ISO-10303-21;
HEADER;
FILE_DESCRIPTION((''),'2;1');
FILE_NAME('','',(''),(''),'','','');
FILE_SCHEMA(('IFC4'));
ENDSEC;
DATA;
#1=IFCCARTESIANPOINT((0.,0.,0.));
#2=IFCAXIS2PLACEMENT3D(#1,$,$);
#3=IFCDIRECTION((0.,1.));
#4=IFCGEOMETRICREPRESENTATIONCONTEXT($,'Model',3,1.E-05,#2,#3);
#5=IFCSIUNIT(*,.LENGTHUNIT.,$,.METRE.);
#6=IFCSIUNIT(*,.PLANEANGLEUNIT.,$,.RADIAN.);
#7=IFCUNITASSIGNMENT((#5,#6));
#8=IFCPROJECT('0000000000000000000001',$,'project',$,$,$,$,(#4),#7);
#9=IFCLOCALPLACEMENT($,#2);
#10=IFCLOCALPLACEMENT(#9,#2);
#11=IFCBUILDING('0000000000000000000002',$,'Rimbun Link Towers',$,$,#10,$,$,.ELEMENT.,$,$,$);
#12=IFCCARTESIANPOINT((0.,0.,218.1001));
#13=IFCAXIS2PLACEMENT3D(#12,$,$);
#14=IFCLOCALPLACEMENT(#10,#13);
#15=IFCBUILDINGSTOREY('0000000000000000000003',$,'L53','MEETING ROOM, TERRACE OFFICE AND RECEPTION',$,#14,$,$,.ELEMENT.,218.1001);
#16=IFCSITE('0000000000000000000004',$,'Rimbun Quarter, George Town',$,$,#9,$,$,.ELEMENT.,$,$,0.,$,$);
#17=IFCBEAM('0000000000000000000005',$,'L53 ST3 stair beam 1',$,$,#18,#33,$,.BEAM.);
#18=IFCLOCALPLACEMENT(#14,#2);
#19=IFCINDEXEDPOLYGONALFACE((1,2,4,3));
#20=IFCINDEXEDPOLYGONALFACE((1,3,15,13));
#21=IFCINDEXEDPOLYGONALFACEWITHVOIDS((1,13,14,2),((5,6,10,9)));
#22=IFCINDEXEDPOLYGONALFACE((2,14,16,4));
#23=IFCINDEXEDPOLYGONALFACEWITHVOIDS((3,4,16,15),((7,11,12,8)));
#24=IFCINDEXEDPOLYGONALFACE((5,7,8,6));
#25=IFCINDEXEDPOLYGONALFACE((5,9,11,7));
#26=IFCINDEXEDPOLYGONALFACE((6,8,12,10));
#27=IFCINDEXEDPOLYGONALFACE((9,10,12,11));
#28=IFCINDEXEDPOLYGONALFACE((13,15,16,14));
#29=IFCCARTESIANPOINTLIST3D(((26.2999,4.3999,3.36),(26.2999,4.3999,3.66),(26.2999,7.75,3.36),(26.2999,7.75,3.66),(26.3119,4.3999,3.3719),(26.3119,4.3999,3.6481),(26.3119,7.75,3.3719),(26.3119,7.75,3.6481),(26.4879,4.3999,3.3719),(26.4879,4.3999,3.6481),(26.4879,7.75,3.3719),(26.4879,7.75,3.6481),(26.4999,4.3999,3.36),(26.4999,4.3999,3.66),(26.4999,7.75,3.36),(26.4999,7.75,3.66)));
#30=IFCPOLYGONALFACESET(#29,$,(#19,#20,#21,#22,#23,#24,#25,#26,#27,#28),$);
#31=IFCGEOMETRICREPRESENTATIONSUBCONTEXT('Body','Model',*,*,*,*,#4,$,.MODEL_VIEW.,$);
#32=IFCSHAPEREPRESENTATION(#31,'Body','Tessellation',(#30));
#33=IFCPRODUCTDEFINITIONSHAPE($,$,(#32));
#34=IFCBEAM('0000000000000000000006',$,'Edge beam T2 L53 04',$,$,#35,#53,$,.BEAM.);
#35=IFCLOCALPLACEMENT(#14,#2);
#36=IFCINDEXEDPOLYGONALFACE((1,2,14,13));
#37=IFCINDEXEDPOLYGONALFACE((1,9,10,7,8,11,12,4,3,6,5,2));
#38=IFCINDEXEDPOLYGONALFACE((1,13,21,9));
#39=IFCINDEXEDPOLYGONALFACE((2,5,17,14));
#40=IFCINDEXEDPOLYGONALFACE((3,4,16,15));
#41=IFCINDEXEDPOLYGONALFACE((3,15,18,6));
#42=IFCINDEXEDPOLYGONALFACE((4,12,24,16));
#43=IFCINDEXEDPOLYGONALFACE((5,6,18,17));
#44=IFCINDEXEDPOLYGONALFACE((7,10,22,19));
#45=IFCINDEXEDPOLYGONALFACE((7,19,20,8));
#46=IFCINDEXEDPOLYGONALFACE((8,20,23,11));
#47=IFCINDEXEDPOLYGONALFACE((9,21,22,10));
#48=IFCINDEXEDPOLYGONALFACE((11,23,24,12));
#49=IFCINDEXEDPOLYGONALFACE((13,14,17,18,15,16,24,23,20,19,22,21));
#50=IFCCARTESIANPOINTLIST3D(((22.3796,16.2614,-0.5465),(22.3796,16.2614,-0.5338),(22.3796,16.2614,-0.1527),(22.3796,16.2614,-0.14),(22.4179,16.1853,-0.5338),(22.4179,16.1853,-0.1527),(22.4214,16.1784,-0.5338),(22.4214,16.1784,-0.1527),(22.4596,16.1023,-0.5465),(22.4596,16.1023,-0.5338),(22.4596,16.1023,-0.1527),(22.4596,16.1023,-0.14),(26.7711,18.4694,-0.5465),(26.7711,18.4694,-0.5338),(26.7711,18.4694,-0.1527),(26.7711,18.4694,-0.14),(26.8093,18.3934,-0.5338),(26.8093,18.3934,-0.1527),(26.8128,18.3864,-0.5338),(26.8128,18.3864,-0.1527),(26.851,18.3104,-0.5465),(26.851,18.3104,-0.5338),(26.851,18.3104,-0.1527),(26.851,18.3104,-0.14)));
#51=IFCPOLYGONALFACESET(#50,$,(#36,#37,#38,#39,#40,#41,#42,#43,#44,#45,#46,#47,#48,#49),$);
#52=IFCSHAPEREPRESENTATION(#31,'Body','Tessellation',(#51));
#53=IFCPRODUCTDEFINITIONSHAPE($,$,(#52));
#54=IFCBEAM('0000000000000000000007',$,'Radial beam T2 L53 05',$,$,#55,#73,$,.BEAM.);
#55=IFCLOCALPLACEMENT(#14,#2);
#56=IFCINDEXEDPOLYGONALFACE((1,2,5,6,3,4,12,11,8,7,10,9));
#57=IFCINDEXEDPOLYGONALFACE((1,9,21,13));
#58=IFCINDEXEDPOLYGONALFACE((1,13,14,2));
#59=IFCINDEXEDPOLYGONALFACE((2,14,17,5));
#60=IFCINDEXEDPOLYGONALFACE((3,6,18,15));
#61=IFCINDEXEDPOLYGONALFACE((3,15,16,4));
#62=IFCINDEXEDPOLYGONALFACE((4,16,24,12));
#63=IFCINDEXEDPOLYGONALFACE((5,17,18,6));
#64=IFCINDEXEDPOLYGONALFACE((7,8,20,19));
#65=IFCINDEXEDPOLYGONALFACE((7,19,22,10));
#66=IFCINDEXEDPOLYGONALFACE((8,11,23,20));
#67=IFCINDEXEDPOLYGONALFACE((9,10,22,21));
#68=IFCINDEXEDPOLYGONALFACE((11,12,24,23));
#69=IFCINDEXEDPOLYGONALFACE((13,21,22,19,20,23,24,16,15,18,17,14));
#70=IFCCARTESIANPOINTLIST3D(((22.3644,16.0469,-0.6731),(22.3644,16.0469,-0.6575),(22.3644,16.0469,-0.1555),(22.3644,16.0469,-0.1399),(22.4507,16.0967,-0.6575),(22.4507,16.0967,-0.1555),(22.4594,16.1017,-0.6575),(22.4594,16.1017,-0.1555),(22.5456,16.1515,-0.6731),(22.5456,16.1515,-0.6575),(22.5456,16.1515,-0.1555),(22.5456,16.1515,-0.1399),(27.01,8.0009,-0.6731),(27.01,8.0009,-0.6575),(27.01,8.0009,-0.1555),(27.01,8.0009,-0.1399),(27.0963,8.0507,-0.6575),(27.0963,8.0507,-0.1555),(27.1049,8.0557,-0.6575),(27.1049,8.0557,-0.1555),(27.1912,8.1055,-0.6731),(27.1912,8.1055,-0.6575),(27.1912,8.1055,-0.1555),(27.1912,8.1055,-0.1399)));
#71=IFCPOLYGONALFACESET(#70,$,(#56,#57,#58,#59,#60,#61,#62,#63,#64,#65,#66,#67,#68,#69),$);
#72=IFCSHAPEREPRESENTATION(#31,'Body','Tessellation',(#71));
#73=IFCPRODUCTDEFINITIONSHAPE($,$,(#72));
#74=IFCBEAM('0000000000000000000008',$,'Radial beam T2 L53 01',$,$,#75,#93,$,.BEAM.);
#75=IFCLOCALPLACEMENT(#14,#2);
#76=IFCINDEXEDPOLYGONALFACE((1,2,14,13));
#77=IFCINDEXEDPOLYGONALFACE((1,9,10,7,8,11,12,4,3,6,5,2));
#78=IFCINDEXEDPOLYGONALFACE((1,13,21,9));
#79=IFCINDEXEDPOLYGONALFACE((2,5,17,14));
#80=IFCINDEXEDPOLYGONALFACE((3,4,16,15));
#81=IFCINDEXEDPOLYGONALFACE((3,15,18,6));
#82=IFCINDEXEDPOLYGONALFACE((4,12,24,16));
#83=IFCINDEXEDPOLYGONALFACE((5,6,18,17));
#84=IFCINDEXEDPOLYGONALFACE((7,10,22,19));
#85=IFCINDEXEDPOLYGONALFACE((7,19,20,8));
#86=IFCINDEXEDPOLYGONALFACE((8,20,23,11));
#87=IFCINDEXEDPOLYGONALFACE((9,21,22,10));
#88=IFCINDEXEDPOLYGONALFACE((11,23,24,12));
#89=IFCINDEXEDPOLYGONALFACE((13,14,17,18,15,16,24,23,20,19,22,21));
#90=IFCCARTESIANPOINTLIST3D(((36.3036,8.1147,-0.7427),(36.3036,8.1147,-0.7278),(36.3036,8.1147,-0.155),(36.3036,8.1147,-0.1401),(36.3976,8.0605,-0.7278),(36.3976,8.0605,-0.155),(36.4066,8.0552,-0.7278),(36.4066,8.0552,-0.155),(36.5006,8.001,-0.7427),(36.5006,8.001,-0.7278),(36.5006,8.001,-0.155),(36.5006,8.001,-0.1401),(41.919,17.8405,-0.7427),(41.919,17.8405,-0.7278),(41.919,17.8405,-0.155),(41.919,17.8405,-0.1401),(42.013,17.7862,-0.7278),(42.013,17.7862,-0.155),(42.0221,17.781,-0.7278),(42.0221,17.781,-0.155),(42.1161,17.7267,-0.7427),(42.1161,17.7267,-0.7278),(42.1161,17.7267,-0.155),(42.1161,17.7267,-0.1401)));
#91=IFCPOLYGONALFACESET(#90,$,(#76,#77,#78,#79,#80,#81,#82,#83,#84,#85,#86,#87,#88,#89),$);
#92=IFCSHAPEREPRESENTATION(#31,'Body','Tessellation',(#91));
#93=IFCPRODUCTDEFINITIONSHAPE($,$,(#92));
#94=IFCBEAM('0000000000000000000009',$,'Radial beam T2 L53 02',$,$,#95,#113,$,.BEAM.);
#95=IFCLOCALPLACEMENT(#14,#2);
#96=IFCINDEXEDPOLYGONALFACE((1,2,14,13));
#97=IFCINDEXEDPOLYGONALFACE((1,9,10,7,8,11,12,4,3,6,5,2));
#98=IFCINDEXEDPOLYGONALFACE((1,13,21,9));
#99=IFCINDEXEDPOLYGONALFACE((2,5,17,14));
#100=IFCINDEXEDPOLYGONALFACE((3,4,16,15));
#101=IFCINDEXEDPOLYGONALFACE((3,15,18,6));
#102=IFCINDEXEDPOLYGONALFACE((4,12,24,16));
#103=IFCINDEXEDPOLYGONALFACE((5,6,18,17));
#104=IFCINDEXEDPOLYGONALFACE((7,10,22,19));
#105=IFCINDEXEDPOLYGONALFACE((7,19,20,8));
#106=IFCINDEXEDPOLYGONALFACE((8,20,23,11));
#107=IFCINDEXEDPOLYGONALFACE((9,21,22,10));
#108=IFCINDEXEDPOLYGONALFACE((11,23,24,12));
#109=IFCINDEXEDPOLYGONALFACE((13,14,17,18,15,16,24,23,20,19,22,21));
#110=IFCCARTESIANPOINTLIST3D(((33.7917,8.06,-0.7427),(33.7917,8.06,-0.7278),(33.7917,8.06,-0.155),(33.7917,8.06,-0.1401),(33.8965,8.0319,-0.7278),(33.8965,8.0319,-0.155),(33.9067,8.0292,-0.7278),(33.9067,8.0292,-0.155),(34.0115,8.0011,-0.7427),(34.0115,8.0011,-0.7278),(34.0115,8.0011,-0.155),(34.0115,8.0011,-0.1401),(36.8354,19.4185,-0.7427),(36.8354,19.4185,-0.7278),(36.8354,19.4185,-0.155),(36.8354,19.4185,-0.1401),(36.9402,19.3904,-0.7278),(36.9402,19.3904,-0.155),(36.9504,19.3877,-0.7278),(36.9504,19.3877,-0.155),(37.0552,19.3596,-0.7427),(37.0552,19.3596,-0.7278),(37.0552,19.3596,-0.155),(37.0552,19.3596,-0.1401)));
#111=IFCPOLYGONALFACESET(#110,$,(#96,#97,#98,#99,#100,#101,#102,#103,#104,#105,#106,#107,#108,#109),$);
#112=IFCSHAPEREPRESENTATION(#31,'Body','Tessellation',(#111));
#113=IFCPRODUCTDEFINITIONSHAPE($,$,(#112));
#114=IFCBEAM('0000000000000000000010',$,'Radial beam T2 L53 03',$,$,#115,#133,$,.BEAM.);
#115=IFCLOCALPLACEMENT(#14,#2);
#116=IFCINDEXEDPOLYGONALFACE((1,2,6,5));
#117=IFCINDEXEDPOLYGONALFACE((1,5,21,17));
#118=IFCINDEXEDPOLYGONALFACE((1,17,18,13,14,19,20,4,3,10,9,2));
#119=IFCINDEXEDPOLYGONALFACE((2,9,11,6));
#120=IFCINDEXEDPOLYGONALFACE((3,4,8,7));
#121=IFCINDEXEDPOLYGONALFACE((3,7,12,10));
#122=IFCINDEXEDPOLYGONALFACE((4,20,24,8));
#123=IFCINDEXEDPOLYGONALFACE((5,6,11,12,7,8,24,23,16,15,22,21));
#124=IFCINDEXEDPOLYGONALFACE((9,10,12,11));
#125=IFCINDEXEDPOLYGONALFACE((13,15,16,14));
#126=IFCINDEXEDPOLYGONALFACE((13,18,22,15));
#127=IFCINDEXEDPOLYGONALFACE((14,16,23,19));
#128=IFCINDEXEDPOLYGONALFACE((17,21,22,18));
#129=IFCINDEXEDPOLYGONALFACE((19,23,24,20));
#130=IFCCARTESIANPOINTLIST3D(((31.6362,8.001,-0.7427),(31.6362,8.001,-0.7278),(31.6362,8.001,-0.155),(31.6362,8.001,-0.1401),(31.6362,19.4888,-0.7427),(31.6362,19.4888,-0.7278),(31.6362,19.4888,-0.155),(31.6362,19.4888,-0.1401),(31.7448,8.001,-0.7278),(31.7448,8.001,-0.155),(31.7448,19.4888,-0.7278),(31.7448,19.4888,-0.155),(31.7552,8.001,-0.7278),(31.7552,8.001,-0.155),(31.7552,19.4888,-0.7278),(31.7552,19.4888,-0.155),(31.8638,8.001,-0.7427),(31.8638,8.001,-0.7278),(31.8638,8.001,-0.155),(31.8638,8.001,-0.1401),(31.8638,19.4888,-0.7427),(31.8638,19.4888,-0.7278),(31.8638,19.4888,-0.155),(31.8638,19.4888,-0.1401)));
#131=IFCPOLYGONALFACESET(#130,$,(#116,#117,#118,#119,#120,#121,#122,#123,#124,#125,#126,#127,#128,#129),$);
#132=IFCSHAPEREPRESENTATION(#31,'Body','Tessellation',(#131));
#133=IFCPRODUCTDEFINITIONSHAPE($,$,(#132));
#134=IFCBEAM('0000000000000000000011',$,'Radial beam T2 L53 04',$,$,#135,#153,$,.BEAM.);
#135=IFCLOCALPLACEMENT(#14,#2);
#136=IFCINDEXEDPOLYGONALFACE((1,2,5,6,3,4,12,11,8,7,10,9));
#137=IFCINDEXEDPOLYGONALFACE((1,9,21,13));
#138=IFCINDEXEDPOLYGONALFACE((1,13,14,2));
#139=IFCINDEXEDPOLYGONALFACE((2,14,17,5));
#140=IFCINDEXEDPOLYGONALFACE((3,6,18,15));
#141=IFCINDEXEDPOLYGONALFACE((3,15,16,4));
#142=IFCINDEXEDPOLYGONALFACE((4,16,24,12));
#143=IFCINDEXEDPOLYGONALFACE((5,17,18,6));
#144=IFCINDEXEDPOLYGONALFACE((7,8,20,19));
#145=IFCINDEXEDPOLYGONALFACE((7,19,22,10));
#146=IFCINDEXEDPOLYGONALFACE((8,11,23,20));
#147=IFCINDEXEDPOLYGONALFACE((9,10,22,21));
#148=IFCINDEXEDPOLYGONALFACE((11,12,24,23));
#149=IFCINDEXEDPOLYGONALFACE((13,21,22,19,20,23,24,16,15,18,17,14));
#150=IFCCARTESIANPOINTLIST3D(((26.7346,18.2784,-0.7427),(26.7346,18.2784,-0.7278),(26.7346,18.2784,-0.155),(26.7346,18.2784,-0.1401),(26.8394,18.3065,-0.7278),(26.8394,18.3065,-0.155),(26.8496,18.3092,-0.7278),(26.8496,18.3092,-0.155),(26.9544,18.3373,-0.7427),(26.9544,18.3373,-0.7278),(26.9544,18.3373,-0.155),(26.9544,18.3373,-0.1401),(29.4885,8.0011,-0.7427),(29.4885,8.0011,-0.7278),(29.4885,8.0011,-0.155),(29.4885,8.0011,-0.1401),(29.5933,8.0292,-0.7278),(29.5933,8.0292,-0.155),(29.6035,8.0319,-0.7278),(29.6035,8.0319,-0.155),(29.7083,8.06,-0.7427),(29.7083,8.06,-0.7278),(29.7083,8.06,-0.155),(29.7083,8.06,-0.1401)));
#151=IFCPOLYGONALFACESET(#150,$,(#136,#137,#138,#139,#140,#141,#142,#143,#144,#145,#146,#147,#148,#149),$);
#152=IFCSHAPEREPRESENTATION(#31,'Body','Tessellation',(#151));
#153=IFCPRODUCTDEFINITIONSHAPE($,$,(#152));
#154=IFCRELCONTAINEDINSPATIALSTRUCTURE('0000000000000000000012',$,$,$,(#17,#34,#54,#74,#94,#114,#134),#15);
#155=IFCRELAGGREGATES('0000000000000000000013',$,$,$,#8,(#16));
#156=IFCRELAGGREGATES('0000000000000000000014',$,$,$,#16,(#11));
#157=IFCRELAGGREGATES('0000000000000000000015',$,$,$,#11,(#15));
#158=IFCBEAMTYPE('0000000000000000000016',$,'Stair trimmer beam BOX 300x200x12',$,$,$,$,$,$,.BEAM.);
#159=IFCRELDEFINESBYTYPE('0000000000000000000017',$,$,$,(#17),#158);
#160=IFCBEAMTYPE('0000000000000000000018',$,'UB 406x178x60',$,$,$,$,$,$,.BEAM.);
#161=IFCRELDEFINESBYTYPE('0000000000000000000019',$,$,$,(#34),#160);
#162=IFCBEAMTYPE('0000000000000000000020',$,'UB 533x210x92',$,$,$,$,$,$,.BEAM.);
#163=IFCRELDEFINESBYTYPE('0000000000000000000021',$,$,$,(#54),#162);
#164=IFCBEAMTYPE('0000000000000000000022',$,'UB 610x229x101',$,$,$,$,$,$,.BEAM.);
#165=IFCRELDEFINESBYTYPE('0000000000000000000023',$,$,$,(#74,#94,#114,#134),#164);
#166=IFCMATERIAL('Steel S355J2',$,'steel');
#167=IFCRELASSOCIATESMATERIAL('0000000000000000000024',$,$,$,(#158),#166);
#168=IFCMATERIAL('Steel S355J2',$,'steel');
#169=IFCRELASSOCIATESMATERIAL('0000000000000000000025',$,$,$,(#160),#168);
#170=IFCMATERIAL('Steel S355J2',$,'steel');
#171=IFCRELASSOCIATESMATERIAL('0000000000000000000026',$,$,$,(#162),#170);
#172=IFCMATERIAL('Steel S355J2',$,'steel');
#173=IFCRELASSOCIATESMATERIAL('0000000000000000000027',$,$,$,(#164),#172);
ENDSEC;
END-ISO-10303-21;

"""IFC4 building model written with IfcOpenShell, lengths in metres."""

from ifc_helpers import new_model, si_unit, direction, frame, origin, origin_2d, place, context, subcontext, project, spatial, hollow_rectangle, i_section, extrude, material, material_profile, profile_set, type_object, element, save


model = new_model("IFC4")

# Units and contexts
model_context = context("Model", 3, precision=1e-05, world=origin(), true_north=direction((0.0, 1.0)))
body_context = subcontext(model_context, "Body", "Model", "MODEL_VIEW")
ifc_project = project(units=[si_unit("LENGTHUNIT", "METRE"), si_unit("PLANEANGLEUNIT", "RADIAN")], contexts=[model_context])

# Site, building, storey
site_placement = place(None, origin())
site = spatial("IfcSite", under=ifc_project, at=site_placement, Name="Rimbun Quarter, George Town", CompositionType="ELEMENT", RefElevation=0.0)
building_placement = place(site_placement, origin())
building = spatial("IfcBuilding", under=site, at=building_placement, Name="Rimbun Link Towers", CompositionType="ELEMENT")
storey_placement = place(building_placement, frame((0.0, 0.0, 218.1001)))
storey = spatial("IfcBuildingStorey", under=building, at=storey_placement, Name="L53", Description="MEETING ROOM, TERRACE OFFICE AND RECEPTION", CompositionType="ELEMENT", Elevation=218.1001)

# Beams
ifc_material_1 = material(Name="Steel S355J2", Category="steel")
ifc_material_profile_1 = material_profile(ifc_material_1, hollow_rectangle(XDim=0.2, YDim=0.3, WallThickness=0.012, at=origin_2d()), Name="BOX 300x200x12")
ifc_profile_set_1 = profile_set([ifc_material_profile_1], Name="Steel S355J2")
beam_type_1 = type_object("IfcBeamType", Name="Stair trimmer beam BOX 300x200x12", PredefinedType="BEAM", material=ifc_profile_set_1)
beam_1_placement = place(storey_placement, frame((26.3999, 7.75, 3.51), z_axis=(0.0, -1.0, 0.0), x_axis=(1.0, 0.0, 0.0)))
element("IfcBeam", 1, at=beam_1_placement, inside=storey, type_object=beam_type_1, Name="L53 ST3 stair beam 1", PredefinedType="BEAM", context=body_context, shape_type="SweptSolid", body=[
    extrude(hollow_rectangle(XDim=0.2, YDim=0.3, WallThickness=0.012, at=origin_2d()), origin(), (0.0, 0.0, 1.0), 3.3501),
])
ifc_material_2 = material(Name="Steel S355J2", Category="steel")
ifc_material_profile_2 = material_profile(ifc_material_2, i_section(OverallWidth=0.178, OverallDepth=0.4065, WebThickness=0.0078, FlangeThickness=0.0127, at=origin_2d()), Name="UB 406x178x60")
ifc_profile_set_2 = profile_set([ifc_material_profile_2], Name="Steel S355J2")
beam_type_2 = type_object("IfcBeamType", Name="UB 406x178x60", PredefinedType="BEAM", material=ifc_profile_set_2)
beam_2_placement = place(storey_placement, frame((26.811, 18.3899, -0.3433), z_axis=(-0.893422, -0.449219, 0.0), x_axis=(0.449219, -0.893422, 0.0)))
element("IfcBeam", 2, at=beam_2_placement, inside=storey, type_object=beam_type_2, Name="Edge beam T2 L53 04", PredefinedType="BEAM", context=body_context, shape_type="SweptSolid", body=[
    extrude(i_section(OverallWidth=0.178, OverallDepth=0.4065, WebThickness=0.0078, FlangeThickness=0.0127, at=origin_2d()), origin(), (0.0, 0.0, 1.0), 4.9153),
])
ifc_material_3 = material(Name="Steel S355J2", Category="steel")
ifc_material_profile_3 = material_profile(ifc_material_3, i_section(OverallWidth=0.2092, OverallDepth=0.5332, WebThickness=0.01, FlangeThickness=0.0156, at=origin_2d()), Name="UB 533x210x92")
ifc_profile_set_3 = profile_set([ifc_material_profile_3], Name="Steel S355J2")
beam_type_3 = type_object("IfcBeamType", Name="UB 533x210x92", PredefinedType="BEAM", material=ifc_profile_set_3)
beam_3_placement = place(storey_placement, frame((27.1006, 8.0532, -0.4065), z_axis=(-0.500017, 0.866016, 0.0), x_axis=(-0.866016, -0.500017, 0.0)))
element("IfcBeam", 3, at=beam_3_placement, inside=storey, type_object=beam_type_3, Name="Radial beam T2 L53 05", PredefinedType="BEAM", context=body_context, shape_type="SweptSolid", body=[
    extrude(i_section(OverallWidth=0.2092, OverallDepth=0.5332, WebThickness=0.01, FlangeThickness=0.0156, at=origin_2d()), origin(), (0.0, 0.0, 1.0), 9.2908),
])
ifc_material_4 = material(Name="Steel S355J2", Category="steel")
ifc_material_profile_4 = material_profile(ifc_material_4, i_section(OverallWidth=0.2275, OverallDepth=0.6025, WebThickness=0.0105, FlangeThickness=0.0149, at=origin_2d()), Name="UB 610x229x101")
ifc_profile_set_4 = profile_set([ifc_material_profile_4], Name="Steel S355J2")
beam_type_4 = type_object("IfcBeamType", Name="UB 610x229x101", PredefinedType="BEAM", material=ifc_profile_set_4)
beam_4_placement = place(storey_placement, frame((36.4021, 8.0579, -0.4414), z_axis=(0.500018, 0.866015, 0.0), x_axis=(-0.866015, 0.500018, 0.0)))
element("IfcBeam", 4, at=beam_4_placement, inside=storey, type_object=beam_type_4, Name="Radial beam T2 L53 01", PredefinedType="BEAM", context=body_context, shape_type="SweptSolid", body=[
    extrude(i_section(OverallWidth=0.2275, OverallDepth=0.6025, WebThickness=0.0105, FlangeThickness=0.0149, at=origin_2d()), origin(), (0.0, 0.0, 1.0), 11.2305),
])
beam_5_placement = place(storey_placement, frame((33.9016, 8.0305, -0.4414), z_axis=(0.258832, 0.965922, 0.0), x_axis=(-0.965922, 0.258832, 0.0)))
element("IfcBeam", 5, at=beam_5_placement, inside=storey, type_object=beam_type_4, Name="Radial beam T2 L53 02", PredefinedType="BEAM", context=body_context, shape_type="SweptSolid", body=[
    extrude(i_section(OverallWidth=0.2275, OverallDepth=0.6025, WebThickness=0.0105, FlangeThickness=0.0149, at=origin_2d()), origin(), (0.0, 0.0, 1.0), 11.7593),
])
beam_6_placement = place(storey_placement, frame((31.75, 8.001, -0.4414), z_axis=(0.0, 1.0, 0.0), x_axis=(-1.0, 0.0, 0.0)))
element("IfcBeam", 6, at=beam_6_placement, inside=storey, type_object=beam_type_4, Name="Radial beam T2 L53 03", PredefinedType="BEAM", context=body_context, shape_type="SweptSolid", body=[
    extrude(i_section(OverallWidth=0.2275, OverallDepth=0.6025, WebThickness=0.0105, FlangeThickness=0.0149, at=origin_2d()), origin(), (0.0, 0.0, 1.0), 11.4878),
])
beam_7_placement = place(storey_placement, frame((29.5984, 8.0305, -0.4414), z_axis=(-0.258828, 0.965923, 0.0), x_axis=(-0.965923, -0.258828, 0.0)))
element("IfcBeam", 7, at=beam_7_placement, inside=storey, type_object=beam_type_4, Name="Radial beam T2 L53 04", PredefinedType="BEAM", context=body_context, shape_type="SweptSolid", body=[
    extrude(i_section(OverallWidth=0.2275, OverallDepth=0.6025, WebThickness=0.0105, FlangeThickness=0.0149, at=origin_2d()), origin(), (0.0, 0.0, 1.0), 10.6399),
])

save(model, "model.ifc")
